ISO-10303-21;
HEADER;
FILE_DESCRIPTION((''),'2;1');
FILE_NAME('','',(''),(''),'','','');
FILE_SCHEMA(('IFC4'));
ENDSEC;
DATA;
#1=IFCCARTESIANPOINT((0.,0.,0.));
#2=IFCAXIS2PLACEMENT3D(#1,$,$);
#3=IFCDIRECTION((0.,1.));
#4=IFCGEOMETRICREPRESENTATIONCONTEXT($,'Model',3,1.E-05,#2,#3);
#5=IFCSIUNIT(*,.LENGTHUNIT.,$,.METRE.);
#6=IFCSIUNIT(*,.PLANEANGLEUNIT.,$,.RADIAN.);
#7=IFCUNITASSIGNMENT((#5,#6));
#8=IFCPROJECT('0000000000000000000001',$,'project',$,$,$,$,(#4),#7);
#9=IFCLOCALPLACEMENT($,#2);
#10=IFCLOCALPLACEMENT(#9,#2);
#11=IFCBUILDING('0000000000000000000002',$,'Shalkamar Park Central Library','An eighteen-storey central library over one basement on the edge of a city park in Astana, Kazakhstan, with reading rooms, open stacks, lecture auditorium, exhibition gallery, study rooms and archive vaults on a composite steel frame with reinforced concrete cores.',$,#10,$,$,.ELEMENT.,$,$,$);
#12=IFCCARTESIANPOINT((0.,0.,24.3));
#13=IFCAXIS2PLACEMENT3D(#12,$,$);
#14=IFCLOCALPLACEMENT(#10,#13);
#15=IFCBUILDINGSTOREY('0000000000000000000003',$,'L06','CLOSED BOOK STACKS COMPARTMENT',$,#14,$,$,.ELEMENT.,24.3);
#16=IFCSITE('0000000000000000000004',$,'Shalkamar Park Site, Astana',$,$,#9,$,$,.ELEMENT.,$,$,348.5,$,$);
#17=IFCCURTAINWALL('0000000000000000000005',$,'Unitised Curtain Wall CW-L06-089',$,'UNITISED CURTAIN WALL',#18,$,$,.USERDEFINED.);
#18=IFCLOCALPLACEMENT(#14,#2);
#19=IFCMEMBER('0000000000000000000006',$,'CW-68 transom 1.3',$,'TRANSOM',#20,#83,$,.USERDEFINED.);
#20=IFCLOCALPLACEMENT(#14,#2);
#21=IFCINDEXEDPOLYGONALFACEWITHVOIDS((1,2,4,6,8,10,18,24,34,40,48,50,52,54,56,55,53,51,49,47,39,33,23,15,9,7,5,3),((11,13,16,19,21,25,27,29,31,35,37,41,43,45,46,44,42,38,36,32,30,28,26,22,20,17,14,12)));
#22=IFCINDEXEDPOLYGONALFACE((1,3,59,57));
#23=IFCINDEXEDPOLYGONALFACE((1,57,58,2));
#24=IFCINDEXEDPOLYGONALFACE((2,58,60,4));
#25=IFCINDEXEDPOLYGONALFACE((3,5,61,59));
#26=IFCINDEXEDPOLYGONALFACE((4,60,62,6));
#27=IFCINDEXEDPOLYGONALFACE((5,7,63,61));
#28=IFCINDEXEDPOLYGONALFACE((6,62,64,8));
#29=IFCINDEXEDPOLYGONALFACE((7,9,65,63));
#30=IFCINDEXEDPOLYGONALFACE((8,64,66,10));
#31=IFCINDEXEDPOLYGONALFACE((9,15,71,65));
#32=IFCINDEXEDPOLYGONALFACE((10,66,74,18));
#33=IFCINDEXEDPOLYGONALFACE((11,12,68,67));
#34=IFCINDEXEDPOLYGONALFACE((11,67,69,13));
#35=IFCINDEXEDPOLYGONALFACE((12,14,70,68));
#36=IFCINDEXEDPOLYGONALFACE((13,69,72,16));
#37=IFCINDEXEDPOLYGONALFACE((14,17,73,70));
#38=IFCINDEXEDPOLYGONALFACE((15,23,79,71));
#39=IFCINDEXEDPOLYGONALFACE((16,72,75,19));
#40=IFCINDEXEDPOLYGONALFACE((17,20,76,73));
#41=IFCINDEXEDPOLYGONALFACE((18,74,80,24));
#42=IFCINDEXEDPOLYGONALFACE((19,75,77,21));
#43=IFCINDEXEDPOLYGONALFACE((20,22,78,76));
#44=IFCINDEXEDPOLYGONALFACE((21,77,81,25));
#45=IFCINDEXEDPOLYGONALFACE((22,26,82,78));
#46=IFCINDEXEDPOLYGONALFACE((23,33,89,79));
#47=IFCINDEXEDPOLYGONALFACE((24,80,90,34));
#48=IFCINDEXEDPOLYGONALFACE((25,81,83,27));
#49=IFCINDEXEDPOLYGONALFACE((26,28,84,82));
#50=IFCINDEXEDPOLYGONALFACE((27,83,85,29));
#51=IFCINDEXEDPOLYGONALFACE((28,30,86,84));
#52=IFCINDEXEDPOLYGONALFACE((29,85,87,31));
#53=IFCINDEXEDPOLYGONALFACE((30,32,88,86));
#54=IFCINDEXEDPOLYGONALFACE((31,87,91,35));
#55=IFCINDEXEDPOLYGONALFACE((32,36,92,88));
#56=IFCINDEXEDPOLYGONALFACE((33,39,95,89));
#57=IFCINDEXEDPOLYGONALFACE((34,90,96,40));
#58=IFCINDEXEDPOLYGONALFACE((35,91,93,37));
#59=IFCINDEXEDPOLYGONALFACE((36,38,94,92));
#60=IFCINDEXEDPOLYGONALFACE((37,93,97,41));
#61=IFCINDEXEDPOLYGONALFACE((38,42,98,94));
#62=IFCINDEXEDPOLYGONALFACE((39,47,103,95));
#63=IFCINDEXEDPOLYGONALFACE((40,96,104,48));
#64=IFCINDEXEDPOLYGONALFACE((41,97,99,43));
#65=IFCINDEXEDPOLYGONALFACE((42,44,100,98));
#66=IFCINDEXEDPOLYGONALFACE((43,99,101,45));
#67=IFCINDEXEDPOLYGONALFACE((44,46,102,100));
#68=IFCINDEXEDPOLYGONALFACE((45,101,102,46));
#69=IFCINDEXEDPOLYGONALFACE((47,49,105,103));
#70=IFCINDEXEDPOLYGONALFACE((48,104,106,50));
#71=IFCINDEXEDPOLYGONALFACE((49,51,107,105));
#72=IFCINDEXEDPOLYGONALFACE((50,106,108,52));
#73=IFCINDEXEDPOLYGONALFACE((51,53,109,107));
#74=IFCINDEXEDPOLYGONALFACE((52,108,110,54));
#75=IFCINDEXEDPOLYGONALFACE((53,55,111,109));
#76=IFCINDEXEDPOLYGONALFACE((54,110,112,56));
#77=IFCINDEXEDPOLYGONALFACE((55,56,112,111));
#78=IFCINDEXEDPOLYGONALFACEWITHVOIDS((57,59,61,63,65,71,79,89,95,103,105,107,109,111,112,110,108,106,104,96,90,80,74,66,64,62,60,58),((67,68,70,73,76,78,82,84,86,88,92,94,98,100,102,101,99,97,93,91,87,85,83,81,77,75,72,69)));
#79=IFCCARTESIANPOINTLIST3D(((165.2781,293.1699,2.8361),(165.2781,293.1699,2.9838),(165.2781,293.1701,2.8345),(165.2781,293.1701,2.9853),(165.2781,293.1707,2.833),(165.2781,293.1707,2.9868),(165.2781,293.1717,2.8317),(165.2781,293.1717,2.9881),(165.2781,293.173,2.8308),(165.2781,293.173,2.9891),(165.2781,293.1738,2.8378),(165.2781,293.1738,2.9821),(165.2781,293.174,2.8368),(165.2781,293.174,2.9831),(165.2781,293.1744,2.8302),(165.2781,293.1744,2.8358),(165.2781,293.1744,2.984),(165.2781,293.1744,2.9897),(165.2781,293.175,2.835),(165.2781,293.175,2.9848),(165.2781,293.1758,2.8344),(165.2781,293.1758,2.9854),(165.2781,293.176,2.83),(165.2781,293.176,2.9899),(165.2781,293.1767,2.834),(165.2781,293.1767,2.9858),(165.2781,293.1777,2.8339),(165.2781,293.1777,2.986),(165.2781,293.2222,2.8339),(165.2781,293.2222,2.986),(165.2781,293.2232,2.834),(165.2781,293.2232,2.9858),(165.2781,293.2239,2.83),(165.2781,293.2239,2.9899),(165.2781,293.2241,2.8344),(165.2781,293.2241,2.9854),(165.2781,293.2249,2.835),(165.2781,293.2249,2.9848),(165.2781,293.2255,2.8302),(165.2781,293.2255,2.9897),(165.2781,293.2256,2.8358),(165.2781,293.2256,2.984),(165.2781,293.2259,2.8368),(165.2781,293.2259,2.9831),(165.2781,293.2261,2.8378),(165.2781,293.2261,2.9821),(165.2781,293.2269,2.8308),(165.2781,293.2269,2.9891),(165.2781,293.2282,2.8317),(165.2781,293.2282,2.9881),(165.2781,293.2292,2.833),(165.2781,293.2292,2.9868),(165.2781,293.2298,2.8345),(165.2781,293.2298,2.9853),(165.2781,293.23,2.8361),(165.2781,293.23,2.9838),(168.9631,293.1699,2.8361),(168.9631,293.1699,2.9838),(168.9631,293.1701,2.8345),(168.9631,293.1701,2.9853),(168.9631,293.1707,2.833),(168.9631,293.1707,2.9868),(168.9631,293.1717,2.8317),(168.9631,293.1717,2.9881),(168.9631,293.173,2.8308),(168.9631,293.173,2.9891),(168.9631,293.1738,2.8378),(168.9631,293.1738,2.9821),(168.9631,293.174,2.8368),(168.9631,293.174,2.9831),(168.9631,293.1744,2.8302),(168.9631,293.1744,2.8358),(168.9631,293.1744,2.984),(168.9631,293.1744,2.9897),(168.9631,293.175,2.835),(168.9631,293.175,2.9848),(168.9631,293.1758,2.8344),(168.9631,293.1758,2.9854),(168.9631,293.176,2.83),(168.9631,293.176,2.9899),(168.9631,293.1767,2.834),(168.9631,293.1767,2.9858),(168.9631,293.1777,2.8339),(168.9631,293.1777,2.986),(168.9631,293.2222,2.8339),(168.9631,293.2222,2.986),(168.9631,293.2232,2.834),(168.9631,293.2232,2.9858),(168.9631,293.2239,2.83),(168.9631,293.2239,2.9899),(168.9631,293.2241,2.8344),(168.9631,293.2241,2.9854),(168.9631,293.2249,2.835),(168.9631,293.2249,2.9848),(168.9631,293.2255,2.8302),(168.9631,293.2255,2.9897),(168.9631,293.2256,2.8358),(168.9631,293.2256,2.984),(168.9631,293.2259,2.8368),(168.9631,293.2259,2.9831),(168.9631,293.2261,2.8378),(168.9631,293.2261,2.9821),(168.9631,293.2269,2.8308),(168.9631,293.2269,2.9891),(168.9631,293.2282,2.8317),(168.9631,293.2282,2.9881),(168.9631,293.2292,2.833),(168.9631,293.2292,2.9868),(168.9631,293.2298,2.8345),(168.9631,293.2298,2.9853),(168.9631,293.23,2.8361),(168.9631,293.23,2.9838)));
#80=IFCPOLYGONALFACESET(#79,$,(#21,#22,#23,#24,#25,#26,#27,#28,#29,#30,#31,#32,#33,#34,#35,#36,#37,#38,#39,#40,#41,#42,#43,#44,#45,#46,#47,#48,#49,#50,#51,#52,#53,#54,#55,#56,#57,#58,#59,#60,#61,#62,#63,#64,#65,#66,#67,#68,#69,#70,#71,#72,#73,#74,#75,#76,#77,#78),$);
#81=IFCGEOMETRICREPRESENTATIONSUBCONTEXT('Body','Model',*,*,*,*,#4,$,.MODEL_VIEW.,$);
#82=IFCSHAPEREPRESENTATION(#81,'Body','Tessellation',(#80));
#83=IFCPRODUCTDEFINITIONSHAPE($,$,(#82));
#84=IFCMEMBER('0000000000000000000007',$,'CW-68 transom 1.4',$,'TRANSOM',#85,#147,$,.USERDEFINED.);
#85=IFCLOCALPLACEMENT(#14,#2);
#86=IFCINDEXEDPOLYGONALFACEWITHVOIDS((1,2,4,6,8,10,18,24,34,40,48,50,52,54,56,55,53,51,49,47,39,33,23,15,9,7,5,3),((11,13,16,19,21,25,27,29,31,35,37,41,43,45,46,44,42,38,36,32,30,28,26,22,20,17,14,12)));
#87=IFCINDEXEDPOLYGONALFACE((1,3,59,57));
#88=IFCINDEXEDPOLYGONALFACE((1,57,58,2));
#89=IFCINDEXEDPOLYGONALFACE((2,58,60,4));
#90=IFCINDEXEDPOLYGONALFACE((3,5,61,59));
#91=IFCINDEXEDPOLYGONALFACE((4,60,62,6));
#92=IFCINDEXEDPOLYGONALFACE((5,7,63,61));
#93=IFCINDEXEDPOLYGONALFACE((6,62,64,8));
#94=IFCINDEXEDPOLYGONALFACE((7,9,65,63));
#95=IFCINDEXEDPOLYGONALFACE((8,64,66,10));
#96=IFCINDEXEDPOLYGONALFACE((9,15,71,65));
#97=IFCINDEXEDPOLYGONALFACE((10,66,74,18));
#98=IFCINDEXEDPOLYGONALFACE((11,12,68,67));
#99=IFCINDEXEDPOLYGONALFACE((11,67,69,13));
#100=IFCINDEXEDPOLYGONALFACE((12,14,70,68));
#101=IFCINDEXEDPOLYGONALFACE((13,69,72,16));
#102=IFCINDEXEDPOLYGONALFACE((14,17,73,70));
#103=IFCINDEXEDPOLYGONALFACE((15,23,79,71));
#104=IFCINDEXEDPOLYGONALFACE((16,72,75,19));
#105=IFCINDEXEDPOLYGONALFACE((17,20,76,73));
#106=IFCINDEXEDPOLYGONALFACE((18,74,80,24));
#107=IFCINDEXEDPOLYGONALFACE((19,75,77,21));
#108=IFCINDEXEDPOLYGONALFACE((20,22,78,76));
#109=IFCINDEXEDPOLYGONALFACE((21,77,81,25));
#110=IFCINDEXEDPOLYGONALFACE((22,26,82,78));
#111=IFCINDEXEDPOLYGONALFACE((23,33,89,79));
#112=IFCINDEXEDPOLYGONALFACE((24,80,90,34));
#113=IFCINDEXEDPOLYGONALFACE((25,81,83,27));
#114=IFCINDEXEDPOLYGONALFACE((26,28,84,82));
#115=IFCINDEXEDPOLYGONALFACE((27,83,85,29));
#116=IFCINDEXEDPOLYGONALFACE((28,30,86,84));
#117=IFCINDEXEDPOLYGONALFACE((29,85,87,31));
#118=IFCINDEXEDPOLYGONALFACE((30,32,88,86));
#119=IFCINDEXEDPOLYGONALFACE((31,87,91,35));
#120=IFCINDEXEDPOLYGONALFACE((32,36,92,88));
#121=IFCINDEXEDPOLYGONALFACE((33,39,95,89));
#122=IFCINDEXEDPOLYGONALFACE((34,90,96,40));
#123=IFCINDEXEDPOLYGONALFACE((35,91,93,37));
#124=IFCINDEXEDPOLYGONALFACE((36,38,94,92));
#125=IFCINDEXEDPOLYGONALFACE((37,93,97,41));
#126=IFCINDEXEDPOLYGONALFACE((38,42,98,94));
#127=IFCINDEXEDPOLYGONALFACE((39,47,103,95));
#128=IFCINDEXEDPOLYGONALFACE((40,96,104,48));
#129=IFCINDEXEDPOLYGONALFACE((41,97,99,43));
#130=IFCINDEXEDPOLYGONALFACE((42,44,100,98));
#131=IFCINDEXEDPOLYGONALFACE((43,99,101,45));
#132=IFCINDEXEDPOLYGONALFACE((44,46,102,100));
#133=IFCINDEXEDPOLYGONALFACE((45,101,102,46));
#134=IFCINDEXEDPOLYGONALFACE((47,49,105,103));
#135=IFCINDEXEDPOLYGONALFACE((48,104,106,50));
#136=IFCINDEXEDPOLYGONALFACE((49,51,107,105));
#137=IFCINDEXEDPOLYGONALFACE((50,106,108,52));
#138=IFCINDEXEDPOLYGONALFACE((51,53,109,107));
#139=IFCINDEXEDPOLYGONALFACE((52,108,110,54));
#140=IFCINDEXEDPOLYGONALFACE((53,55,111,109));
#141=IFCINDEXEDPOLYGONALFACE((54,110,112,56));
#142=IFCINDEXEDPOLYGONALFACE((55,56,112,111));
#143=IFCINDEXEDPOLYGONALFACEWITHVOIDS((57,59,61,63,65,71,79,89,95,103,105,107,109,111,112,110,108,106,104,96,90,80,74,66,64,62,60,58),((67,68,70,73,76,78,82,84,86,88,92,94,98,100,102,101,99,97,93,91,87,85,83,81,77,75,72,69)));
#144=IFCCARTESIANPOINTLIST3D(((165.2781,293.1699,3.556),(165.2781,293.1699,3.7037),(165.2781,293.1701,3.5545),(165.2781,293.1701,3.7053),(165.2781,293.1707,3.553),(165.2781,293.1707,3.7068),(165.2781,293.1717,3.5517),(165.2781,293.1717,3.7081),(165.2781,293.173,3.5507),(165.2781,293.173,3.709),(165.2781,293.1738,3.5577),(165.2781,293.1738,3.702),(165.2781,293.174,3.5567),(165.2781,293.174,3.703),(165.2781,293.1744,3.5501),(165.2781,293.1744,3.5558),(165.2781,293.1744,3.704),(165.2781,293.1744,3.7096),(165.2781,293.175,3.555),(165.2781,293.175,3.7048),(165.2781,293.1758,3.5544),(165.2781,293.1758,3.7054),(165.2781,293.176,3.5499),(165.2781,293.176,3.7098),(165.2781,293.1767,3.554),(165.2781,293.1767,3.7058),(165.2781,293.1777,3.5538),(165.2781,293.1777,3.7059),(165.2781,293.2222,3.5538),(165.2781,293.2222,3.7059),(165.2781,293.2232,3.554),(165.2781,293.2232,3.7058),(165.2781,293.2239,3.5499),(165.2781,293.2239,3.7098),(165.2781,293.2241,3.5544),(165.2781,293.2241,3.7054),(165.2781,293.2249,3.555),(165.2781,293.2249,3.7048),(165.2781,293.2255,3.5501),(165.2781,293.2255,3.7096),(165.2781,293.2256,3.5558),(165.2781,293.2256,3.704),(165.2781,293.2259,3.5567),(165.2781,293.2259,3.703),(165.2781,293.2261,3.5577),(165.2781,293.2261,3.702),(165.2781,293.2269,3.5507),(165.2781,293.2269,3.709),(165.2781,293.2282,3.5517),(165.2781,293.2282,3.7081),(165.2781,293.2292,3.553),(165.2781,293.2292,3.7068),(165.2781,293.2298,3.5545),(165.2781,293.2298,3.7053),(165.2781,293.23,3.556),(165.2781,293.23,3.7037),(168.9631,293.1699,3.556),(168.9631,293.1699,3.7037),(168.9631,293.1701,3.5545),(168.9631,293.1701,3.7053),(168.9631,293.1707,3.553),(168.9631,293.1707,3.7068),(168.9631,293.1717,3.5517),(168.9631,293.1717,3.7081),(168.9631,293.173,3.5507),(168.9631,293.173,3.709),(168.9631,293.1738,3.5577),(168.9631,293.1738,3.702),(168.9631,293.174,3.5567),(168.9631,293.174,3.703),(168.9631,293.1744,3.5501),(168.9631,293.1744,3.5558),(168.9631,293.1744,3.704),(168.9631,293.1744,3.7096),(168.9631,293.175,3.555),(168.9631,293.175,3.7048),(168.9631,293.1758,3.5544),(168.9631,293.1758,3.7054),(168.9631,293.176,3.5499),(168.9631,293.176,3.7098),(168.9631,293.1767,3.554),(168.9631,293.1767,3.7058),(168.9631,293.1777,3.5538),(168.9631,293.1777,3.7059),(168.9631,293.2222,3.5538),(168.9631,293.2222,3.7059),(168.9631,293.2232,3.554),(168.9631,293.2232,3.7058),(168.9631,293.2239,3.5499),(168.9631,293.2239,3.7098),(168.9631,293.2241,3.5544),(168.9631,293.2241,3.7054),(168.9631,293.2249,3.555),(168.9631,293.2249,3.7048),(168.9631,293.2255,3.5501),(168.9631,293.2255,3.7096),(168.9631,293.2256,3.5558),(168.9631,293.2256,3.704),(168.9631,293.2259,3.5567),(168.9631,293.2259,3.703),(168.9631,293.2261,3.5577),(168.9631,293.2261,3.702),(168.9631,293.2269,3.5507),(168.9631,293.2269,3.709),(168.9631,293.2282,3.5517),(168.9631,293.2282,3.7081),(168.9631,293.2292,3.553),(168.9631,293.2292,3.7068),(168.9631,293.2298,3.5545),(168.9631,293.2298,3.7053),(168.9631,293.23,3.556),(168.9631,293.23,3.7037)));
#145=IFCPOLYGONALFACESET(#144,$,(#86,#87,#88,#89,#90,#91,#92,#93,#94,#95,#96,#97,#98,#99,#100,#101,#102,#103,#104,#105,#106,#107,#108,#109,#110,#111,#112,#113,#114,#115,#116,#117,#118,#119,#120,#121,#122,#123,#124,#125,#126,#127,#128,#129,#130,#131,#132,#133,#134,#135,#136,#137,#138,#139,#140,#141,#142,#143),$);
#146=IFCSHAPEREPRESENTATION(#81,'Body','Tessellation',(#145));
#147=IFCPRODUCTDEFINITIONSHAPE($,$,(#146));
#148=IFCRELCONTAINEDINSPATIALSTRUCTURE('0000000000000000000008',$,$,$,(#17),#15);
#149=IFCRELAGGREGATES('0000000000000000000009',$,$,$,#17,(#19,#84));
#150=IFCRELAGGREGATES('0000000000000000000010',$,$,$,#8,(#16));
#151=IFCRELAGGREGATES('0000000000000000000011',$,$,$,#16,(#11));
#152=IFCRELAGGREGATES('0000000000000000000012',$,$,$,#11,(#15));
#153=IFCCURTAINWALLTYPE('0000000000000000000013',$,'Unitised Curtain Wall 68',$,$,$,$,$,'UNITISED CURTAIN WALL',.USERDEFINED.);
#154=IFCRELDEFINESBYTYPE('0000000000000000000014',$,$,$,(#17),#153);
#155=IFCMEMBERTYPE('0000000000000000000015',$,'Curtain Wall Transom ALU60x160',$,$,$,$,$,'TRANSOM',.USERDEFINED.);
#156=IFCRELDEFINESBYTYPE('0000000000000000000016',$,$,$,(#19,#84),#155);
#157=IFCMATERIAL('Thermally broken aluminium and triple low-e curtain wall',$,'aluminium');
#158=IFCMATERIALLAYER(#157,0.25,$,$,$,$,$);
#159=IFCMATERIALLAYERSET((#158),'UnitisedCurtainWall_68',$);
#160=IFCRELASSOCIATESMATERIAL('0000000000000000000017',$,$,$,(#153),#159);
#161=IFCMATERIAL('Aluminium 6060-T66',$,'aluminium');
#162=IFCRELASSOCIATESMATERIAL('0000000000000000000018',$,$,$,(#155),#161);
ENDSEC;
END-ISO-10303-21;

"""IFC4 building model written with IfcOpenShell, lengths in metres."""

from ifc_helpers import new_model, si_unit, direction, frame, origin, origin_2d, place, context, subcontext, project, spatial, hollow_rectangle, extrude, material, layer, layer_set, material_profile, profile_set, type_object, element, aggregate, save


model = new_model("IFC4")

# Units and contexts
model_context = context("Model", 3, precision=1e-05, world=origin(), true_north=direction((0.0, 1.0)))
body_context = subcontext(model_context, "Body", "Model", "MODEL_VIEW")
ifc_project = project(units=[si_unit("LENGTHUNIT", "METRE"), si_unit("PLANEANGLEUNIT", "RADIAN")], contexts=[model_context])

# Site, building, storey
site_placement = place(None, origin())
site = spatial("IfcSite", under=ifc_project, at=site_placement, Name="Shalkamar Park Site, Astana", CompositionType="ELEMENT", RefElevation=348.5)
building_placement = place(site_placement, origin())
building = spatial("IfcBuilding", under=site, at=building_placement, Name="Shalkamar Park Central Library", Description="An eighteen-storey central library over one basement on the edge of a city park in Astana, Kazakhstan, with reading rooms, open stacks, lecture auditorium, exhibition gallery, study rooms and archive vaults on a composite steel frame with reinforced concrete cores.", CompositionType="ELEMENT")
storey_placement = place(building_placement, frame((0.0, 0.0, 24.3)))
storey = spatial("IfcBuildingStorey", under=building, at=storey_placement, Name="L06", Description="CLOSED BOOK STACKS COMPARTMENT", CompositionType="ELEMENT", Elevation=24.3)

# Curtain wall
ifc_material_1 = material(Name="Thermally broken aluminium and triple low-e curtain wall", Category="aluminium")
ifc_layer_1 = layer(ifc_material_1, 0.25)
ifc_layer_set_1 = layer_set([ifc_layer_1], Name="UnitisedCurtainWall_68")
curtain_wall_type_1 = type_object("IfcCurtainWallType", Name="Unitised Curtain Wall 68", ElementType="UNITISED CURTAIN WALL", PredefinedType="USERDEFINED", material=ifc_layer_set_1)
curtain_wall_1_placement = place(storey_placement, origin())
curtain_wall_1 = element("IfcCurtainWall", 1, at=curtain_wall_1_placement, inside=storey, type_object=curtain_wall_type_1, Name="Unitised Curtain Wall CW-L06-089", ObjectType="UNITISED CURTAIN WALL", PredefinedType="USERDEFINED")
ifc_material_2 = material(Name="Aluminium 6060-T66", Category="aluminium")

# Members
ifc_material_profile_1 = material_profile(ifc_material_2, hollow_rectangle(XDim=0.0601, YDim=0.1599, WallThickness=0.0039, InnerFilletRadius=0.0039, OuterFilletRadius=0.0061, at=origin_2d()), Name="ALU 60x160x4")
ifc_profile_set_1 = profile_set([ifc_material_profile_1], Name="Aluminium 6060-T66")
member_type_1 = type_object("IfcMemberType", Name="Curtain Wall Transom ALU60x160", ElementType="TRANSOM", PredefinedType="USERDEFINED", material=ifc_profile_set_1)
member_1_placement = place(storey_placement, frame((165.2781, 293.2, 2.9099), z_axis=(1.0, 0.0, 0.0), x_axis=(0.0, 1.0, 0.0)))
member_1 = element("IfcMember", 2, at=member_1_placement, type_object=member_type_1, Name="CW-68 transom 1.3", ObjectType="TRANSOM", PredefinedType="USERDEFINED", context=body_context, shape_type="SweptSolid", body=[
    extrude(hollow_rectangle(XDim=0.0601, YDim=0.1599, WallThickness=0.0039, InnerFilletRadius=0.0039, OuterFilletRadius=0.0061, at=origin_2d()), origin(), (0.0, 0.0, 1.0), 3.6851),
])
member_2_placement = place(storey_placement, frame((165.2781, 293.2, 3.6299), z_axis=(1.0, 0.0, 0.0), x_axis=(0.0, 1.0, 0.0)))
member_2 = element("IfcMember", 3, at=member_2_placement, type_object=member_type_1, Name="CW-68 transom 1.4", ObjectType="TRANSOM", PredefinedType="USERDEFINED", context=body_context, shape_type="SweptSolid", body=[
    extrude(hollow_rectangle(XDim=0.0601, YDim=0.1599, WallThickness=0.0039, InnerFilletRadius=0.0039, OuterFilletRadius=0.0061, at=origin_2d()), origin(), (0.0, 0.0, 1.0), 3.6851),
])

aggregate(curtain_wall_1, [member_1, member_2])

save(model, "model.ifc")
